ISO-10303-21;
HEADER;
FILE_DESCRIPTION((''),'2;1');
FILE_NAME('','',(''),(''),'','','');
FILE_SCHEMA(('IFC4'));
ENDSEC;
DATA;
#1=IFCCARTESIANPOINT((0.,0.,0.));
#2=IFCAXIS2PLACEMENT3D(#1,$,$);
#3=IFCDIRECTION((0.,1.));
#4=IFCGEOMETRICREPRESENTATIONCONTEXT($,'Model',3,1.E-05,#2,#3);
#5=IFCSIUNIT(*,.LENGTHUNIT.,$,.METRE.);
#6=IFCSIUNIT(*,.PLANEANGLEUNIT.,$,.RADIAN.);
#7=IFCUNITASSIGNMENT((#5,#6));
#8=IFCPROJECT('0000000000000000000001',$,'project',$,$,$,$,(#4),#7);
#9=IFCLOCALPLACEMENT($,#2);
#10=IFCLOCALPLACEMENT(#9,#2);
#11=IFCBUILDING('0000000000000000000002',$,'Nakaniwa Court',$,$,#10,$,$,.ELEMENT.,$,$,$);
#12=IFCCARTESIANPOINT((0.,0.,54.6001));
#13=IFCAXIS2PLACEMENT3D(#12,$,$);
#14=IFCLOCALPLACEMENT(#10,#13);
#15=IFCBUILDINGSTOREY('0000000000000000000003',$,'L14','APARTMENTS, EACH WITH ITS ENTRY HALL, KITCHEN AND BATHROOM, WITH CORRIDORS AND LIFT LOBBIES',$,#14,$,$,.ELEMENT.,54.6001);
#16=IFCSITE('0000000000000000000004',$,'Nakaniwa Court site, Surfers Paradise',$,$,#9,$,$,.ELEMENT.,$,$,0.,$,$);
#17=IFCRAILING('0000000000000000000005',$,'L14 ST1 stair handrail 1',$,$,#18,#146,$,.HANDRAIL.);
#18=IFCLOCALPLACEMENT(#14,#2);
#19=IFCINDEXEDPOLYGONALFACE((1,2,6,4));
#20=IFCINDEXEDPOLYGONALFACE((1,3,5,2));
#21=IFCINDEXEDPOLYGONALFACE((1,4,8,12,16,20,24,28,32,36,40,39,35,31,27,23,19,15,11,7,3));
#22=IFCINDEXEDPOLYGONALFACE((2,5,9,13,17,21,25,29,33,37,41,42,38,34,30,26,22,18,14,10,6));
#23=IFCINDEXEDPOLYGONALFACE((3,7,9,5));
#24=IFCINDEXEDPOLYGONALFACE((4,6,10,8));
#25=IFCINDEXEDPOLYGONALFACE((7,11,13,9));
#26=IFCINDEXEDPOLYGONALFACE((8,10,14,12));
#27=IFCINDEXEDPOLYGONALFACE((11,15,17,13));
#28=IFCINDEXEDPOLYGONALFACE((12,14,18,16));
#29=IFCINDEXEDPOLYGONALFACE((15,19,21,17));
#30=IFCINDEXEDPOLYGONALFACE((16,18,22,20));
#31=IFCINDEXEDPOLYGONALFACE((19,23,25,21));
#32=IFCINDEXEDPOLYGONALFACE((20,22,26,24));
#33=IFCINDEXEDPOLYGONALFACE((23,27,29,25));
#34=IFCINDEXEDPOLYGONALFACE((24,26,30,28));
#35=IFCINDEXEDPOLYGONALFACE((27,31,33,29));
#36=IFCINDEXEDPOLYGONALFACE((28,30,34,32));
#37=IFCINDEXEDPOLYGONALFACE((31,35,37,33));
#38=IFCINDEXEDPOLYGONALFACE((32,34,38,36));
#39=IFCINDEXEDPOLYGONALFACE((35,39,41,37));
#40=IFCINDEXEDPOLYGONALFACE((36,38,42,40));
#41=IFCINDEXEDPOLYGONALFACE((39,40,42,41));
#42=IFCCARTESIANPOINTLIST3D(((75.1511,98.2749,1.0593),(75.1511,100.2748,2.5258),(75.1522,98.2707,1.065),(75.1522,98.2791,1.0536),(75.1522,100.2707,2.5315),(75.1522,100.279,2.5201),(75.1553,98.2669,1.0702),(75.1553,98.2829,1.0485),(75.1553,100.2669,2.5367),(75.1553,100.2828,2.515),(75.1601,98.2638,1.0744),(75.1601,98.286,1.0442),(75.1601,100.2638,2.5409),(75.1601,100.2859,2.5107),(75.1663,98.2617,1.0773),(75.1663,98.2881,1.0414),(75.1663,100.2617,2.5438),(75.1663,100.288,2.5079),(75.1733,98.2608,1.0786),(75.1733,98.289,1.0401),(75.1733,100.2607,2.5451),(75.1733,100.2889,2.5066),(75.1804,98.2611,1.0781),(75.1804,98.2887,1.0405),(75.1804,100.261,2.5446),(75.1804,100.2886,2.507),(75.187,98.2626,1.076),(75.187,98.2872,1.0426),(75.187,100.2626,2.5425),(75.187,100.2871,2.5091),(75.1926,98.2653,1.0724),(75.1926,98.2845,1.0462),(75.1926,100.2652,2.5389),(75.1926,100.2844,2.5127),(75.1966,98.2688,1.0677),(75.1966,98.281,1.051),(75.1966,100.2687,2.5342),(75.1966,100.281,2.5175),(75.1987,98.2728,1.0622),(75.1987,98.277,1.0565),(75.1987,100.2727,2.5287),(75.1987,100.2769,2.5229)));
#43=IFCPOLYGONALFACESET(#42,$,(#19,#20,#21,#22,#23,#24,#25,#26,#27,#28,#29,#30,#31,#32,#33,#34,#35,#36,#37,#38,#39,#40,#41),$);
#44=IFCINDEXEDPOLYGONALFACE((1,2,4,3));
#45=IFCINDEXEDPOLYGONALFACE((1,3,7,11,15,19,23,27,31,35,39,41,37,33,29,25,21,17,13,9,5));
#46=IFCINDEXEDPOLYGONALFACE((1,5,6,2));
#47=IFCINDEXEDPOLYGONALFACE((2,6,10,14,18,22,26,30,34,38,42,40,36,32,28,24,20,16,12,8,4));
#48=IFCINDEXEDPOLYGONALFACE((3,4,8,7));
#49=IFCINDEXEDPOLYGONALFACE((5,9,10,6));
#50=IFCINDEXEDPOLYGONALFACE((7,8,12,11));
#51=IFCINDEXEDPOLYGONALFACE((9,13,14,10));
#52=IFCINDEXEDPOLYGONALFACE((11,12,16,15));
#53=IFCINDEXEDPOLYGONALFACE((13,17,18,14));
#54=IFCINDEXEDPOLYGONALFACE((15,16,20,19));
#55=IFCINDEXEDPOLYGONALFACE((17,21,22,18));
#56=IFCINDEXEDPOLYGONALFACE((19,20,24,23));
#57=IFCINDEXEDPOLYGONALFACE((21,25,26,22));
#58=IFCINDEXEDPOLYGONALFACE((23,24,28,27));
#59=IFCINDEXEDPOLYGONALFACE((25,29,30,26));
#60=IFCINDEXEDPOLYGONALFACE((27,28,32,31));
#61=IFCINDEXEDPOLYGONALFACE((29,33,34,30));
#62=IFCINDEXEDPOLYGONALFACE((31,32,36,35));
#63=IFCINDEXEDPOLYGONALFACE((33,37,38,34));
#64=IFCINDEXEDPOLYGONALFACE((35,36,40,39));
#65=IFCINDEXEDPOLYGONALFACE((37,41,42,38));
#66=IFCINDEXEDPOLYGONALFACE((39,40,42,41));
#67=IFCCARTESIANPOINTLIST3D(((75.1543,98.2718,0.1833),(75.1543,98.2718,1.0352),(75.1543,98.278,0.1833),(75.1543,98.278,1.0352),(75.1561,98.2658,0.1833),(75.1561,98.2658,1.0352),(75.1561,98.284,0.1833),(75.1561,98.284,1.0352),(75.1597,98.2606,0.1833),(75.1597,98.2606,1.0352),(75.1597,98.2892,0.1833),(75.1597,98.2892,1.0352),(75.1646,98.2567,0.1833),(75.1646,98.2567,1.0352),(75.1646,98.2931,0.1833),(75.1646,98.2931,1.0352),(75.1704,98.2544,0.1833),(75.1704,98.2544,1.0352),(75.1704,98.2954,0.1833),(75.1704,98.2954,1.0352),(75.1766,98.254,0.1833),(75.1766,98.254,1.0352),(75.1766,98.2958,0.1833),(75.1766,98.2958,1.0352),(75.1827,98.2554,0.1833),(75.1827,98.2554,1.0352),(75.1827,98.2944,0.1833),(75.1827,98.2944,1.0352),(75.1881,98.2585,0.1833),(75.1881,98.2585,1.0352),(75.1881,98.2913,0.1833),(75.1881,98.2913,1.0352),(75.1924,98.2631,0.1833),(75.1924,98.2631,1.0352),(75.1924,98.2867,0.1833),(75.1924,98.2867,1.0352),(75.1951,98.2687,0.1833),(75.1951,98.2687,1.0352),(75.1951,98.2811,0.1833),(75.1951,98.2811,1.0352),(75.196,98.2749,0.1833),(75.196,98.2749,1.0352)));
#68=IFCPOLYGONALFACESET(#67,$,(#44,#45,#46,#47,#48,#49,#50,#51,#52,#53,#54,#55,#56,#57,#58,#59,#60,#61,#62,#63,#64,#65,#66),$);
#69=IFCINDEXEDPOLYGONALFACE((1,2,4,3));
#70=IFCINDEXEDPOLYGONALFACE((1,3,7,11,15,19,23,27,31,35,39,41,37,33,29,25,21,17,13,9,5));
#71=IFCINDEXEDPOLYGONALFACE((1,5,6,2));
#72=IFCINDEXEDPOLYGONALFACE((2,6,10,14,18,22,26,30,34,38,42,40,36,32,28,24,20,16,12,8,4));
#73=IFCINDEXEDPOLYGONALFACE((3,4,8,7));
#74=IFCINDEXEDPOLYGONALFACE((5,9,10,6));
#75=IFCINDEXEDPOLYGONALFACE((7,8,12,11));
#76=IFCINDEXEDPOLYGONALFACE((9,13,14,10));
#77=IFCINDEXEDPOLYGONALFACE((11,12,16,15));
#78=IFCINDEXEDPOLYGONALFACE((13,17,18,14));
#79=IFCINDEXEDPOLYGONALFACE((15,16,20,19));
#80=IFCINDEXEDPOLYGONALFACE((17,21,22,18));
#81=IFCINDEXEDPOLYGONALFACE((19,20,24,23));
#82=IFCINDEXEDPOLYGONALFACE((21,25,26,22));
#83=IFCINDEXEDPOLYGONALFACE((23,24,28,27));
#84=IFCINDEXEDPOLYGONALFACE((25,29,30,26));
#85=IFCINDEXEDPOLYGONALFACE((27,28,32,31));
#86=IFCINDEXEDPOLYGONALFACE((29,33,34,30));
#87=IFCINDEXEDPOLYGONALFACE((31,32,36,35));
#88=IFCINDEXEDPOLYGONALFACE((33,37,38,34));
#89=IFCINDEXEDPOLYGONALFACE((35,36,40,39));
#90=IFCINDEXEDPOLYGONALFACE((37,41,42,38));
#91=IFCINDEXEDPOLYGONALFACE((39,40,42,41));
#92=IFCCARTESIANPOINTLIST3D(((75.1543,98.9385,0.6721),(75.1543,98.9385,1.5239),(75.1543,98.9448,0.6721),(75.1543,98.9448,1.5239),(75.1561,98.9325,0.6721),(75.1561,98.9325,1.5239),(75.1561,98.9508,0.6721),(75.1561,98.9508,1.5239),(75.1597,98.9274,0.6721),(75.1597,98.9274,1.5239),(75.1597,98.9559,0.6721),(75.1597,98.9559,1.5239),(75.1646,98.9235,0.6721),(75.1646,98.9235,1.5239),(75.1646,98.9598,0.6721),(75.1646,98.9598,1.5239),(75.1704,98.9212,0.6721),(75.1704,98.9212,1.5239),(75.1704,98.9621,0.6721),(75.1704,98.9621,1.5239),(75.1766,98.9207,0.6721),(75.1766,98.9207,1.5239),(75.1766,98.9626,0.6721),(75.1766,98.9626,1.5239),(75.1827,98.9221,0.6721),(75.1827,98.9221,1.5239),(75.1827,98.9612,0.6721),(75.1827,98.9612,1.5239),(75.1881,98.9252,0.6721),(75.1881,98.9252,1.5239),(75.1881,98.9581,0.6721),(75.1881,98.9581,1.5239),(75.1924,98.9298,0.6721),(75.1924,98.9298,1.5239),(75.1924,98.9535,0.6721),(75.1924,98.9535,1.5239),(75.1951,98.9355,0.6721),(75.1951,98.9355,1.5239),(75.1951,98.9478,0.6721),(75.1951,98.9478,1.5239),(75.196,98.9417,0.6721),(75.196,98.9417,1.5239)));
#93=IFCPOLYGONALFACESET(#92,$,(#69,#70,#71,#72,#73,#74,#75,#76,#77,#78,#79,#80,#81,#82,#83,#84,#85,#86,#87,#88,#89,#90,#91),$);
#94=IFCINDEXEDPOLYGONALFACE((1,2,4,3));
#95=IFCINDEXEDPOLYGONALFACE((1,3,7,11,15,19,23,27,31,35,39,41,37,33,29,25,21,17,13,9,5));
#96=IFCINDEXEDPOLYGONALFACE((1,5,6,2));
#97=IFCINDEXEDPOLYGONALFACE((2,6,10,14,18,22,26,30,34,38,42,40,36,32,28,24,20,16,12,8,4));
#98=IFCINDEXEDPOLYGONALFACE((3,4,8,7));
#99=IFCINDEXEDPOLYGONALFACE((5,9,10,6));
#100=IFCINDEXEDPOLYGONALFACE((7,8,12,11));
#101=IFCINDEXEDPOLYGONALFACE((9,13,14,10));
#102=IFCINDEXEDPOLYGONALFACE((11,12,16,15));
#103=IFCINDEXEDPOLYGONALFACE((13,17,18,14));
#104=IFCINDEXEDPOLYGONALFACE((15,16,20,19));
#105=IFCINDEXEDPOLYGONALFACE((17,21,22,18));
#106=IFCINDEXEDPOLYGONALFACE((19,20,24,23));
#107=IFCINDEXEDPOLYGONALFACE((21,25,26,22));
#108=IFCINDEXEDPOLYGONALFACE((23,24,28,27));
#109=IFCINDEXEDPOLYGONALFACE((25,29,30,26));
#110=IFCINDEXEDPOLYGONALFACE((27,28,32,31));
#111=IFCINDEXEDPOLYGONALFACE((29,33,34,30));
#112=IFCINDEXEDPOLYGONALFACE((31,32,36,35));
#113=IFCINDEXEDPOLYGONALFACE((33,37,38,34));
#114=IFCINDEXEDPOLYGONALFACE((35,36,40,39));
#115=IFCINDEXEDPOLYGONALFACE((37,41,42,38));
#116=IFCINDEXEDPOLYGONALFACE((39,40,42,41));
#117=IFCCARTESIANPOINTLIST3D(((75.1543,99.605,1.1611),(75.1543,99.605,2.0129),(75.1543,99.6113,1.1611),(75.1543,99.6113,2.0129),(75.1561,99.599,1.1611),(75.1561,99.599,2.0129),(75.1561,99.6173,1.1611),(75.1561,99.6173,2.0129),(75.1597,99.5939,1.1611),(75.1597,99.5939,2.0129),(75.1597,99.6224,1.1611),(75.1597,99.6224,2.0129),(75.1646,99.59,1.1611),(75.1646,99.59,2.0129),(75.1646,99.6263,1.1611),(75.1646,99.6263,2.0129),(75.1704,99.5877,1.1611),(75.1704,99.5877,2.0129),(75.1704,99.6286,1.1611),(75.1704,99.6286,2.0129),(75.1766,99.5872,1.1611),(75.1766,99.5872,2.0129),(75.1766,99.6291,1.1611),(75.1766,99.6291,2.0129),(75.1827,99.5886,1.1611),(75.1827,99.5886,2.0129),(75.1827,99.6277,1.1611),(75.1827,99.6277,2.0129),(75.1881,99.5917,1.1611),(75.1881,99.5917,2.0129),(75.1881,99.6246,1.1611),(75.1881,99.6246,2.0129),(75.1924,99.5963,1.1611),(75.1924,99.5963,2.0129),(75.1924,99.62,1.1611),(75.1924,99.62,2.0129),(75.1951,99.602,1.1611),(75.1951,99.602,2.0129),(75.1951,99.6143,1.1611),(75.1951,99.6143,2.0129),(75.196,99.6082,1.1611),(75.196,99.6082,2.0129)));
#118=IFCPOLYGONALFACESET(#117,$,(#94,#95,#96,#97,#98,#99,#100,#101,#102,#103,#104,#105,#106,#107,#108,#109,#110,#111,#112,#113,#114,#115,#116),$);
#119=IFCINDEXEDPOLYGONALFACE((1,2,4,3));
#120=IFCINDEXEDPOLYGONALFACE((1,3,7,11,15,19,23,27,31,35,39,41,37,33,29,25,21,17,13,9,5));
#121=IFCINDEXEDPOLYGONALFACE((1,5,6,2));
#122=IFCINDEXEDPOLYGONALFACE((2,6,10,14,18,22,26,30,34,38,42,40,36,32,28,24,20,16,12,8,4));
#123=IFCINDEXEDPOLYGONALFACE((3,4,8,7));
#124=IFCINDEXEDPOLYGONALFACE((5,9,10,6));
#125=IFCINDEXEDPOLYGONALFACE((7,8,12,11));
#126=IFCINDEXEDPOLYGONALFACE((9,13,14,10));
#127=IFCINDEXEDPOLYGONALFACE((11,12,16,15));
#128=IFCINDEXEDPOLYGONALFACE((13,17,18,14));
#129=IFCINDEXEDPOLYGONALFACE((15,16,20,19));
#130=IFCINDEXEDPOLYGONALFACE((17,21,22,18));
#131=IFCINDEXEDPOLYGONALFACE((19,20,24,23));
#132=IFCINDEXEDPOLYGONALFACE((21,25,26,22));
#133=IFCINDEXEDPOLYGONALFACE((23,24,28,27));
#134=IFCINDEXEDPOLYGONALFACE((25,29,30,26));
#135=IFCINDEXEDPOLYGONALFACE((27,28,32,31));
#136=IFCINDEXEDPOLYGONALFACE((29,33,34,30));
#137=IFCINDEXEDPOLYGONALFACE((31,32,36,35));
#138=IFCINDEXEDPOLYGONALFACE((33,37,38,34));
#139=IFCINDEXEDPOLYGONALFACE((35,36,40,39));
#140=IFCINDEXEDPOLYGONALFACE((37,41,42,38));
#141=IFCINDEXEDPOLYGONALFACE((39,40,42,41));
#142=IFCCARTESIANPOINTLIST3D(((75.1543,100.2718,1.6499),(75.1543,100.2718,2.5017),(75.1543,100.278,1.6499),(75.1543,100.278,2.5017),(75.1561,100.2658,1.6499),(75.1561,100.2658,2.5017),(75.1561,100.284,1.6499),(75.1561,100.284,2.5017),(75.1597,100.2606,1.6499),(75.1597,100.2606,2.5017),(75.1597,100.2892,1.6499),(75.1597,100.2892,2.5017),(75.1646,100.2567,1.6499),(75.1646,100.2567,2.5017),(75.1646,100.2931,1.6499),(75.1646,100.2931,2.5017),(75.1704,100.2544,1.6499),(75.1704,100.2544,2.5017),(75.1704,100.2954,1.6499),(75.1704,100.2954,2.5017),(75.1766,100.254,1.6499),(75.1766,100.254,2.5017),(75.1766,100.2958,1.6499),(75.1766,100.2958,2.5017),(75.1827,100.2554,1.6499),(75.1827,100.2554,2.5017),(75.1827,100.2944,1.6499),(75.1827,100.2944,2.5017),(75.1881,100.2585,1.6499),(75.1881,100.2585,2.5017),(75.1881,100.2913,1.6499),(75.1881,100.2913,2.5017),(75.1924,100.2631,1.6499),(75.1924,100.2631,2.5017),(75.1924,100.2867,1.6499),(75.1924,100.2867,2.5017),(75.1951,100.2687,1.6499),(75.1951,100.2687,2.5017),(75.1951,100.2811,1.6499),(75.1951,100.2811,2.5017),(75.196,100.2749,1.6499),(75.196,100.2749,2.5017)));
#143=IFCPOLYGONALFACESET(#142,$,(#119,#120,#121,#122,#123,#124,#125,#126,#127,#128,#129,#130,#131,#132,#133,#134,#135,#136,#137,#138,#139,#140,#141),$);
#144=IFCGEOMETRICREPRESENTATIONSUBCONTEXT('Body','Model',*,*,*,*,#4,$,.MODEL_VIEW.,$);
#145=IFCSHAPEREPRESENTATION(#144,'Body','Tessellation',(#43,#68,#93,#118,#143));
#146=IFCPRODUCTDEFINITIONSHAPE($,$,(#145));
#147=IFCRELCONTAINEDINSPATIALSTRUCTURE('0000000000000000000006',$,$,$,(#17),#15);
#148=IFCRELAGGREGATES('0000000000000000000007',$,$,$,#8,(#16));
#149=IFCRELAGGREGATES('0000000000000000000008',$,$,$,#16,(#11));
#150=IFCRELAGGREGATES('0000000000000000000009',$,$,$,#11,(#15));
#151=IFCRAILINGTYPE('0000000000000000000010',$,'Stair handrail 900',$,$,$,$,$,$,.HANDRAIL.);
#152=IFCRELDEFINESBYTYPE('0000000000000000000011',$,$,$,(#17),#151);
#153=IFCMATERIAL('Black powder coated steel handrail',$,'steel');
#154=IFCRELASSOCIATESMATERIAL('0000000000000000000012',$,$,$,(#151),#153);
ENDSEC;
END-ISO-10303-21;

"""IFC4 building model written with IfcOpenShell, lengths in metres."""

from ifc_helpers import new_model, si_unit, direction, frame, origin, origin_2d, place, context, subcontext, project, spatial, circle, extrude, material, type_object, element, save


model = new_model("IFC4")

# Units and contexts
model_context = context("Model", 3, precision=1e-05, world=origin(), true_north=direction((0.0, 1.0)))
body_context = subcontext(model_context, "Body", "Model", "MODEL_VIEW")
ifc_project = project(units=[si_unit("LENGTHUNIT", "METRE"), si_unit("PLANEANGLEUNIT", "RADIAN")], contexts=[model_context])

# Site, building, storey
site_placement = place(None, origin())
site = spatial("IfcSite", under=ifc_project, at=site_placement, Name="Nakaniwa Court site, Surfers Paradise", CompositionType="ELEMENT", RefElevation=0.0)
building_placement = place(site_placement, origin())
building = spatial("IfcBuilding", under=site, at=building_placement, Name="Nakaniwa Court", CompositionType="ELEMENT")
storey_placement = place(building_placement, frame((0.0, 0.0, 54.6001)))
storey = spatial("IfcBuildingStorey", under=building, at=storey_placement, Name="L14", Description="APARTMENTS, EACH WITH ITS ENTRY HALL, KITCHEN AND BATHROOM, WITH CORRIDORS AND LIFT LOBBIES", CompositionType="ELEMENT", Elevation=54.6001)

# Railing
ifc_material_1 = material(Name="Black powder coated steel handrail", Category="steel")
railing_type_1 = type_object("IfcRailingType", Name="Stair handrail 900", PredefinedType="HANDRAIL", material=ifc_material_1)
railing_1_placement = place(storey_placement, frame((75.175, 98.2749, 0.1833)))
element("IfcRailing", 1, at=railing_1_placement, inside=storey, type_object=railing_type_1, Name="L14 ST1 stair handrail 1", PredefinedType="HANDRAIL", context=body_context, shape_type="SweptSolid", body=[
    extrude(circle(Radius=0.0239, at=origin_2d()), frame((0.0, 0.0, 0.876), z_axis=(0.0, 0.806427, 0.591334), x_axis=(-1.0, 0.0, 0.0)), (0.0, 0.0, 1.0), 2.48),
    extrude(circle(Radius=0.021, at=origin_2d()), origin(), (0.0, 0.0, 1.0), 0.8518),
    extrude(circle(Radius=0.021, at=origin_2d()), frame((0.0, 0.6667, 0.4888)), (0.0, 0.0, 1.0), 0.8518),
    extrude(circle(Radius=0.021, at=origin_2d()), frame((0.0, 1.3333, 0.9778)), (0.0, 0.0, 1.0), 0.8518),
    extrude(circle(Radius=0.021, at=origin_2d()), frame((0.0, 2.0, 1.4666)), (0.0, 0.0, 1.0), 0.8518),
])

save(model, "model.ifc")
